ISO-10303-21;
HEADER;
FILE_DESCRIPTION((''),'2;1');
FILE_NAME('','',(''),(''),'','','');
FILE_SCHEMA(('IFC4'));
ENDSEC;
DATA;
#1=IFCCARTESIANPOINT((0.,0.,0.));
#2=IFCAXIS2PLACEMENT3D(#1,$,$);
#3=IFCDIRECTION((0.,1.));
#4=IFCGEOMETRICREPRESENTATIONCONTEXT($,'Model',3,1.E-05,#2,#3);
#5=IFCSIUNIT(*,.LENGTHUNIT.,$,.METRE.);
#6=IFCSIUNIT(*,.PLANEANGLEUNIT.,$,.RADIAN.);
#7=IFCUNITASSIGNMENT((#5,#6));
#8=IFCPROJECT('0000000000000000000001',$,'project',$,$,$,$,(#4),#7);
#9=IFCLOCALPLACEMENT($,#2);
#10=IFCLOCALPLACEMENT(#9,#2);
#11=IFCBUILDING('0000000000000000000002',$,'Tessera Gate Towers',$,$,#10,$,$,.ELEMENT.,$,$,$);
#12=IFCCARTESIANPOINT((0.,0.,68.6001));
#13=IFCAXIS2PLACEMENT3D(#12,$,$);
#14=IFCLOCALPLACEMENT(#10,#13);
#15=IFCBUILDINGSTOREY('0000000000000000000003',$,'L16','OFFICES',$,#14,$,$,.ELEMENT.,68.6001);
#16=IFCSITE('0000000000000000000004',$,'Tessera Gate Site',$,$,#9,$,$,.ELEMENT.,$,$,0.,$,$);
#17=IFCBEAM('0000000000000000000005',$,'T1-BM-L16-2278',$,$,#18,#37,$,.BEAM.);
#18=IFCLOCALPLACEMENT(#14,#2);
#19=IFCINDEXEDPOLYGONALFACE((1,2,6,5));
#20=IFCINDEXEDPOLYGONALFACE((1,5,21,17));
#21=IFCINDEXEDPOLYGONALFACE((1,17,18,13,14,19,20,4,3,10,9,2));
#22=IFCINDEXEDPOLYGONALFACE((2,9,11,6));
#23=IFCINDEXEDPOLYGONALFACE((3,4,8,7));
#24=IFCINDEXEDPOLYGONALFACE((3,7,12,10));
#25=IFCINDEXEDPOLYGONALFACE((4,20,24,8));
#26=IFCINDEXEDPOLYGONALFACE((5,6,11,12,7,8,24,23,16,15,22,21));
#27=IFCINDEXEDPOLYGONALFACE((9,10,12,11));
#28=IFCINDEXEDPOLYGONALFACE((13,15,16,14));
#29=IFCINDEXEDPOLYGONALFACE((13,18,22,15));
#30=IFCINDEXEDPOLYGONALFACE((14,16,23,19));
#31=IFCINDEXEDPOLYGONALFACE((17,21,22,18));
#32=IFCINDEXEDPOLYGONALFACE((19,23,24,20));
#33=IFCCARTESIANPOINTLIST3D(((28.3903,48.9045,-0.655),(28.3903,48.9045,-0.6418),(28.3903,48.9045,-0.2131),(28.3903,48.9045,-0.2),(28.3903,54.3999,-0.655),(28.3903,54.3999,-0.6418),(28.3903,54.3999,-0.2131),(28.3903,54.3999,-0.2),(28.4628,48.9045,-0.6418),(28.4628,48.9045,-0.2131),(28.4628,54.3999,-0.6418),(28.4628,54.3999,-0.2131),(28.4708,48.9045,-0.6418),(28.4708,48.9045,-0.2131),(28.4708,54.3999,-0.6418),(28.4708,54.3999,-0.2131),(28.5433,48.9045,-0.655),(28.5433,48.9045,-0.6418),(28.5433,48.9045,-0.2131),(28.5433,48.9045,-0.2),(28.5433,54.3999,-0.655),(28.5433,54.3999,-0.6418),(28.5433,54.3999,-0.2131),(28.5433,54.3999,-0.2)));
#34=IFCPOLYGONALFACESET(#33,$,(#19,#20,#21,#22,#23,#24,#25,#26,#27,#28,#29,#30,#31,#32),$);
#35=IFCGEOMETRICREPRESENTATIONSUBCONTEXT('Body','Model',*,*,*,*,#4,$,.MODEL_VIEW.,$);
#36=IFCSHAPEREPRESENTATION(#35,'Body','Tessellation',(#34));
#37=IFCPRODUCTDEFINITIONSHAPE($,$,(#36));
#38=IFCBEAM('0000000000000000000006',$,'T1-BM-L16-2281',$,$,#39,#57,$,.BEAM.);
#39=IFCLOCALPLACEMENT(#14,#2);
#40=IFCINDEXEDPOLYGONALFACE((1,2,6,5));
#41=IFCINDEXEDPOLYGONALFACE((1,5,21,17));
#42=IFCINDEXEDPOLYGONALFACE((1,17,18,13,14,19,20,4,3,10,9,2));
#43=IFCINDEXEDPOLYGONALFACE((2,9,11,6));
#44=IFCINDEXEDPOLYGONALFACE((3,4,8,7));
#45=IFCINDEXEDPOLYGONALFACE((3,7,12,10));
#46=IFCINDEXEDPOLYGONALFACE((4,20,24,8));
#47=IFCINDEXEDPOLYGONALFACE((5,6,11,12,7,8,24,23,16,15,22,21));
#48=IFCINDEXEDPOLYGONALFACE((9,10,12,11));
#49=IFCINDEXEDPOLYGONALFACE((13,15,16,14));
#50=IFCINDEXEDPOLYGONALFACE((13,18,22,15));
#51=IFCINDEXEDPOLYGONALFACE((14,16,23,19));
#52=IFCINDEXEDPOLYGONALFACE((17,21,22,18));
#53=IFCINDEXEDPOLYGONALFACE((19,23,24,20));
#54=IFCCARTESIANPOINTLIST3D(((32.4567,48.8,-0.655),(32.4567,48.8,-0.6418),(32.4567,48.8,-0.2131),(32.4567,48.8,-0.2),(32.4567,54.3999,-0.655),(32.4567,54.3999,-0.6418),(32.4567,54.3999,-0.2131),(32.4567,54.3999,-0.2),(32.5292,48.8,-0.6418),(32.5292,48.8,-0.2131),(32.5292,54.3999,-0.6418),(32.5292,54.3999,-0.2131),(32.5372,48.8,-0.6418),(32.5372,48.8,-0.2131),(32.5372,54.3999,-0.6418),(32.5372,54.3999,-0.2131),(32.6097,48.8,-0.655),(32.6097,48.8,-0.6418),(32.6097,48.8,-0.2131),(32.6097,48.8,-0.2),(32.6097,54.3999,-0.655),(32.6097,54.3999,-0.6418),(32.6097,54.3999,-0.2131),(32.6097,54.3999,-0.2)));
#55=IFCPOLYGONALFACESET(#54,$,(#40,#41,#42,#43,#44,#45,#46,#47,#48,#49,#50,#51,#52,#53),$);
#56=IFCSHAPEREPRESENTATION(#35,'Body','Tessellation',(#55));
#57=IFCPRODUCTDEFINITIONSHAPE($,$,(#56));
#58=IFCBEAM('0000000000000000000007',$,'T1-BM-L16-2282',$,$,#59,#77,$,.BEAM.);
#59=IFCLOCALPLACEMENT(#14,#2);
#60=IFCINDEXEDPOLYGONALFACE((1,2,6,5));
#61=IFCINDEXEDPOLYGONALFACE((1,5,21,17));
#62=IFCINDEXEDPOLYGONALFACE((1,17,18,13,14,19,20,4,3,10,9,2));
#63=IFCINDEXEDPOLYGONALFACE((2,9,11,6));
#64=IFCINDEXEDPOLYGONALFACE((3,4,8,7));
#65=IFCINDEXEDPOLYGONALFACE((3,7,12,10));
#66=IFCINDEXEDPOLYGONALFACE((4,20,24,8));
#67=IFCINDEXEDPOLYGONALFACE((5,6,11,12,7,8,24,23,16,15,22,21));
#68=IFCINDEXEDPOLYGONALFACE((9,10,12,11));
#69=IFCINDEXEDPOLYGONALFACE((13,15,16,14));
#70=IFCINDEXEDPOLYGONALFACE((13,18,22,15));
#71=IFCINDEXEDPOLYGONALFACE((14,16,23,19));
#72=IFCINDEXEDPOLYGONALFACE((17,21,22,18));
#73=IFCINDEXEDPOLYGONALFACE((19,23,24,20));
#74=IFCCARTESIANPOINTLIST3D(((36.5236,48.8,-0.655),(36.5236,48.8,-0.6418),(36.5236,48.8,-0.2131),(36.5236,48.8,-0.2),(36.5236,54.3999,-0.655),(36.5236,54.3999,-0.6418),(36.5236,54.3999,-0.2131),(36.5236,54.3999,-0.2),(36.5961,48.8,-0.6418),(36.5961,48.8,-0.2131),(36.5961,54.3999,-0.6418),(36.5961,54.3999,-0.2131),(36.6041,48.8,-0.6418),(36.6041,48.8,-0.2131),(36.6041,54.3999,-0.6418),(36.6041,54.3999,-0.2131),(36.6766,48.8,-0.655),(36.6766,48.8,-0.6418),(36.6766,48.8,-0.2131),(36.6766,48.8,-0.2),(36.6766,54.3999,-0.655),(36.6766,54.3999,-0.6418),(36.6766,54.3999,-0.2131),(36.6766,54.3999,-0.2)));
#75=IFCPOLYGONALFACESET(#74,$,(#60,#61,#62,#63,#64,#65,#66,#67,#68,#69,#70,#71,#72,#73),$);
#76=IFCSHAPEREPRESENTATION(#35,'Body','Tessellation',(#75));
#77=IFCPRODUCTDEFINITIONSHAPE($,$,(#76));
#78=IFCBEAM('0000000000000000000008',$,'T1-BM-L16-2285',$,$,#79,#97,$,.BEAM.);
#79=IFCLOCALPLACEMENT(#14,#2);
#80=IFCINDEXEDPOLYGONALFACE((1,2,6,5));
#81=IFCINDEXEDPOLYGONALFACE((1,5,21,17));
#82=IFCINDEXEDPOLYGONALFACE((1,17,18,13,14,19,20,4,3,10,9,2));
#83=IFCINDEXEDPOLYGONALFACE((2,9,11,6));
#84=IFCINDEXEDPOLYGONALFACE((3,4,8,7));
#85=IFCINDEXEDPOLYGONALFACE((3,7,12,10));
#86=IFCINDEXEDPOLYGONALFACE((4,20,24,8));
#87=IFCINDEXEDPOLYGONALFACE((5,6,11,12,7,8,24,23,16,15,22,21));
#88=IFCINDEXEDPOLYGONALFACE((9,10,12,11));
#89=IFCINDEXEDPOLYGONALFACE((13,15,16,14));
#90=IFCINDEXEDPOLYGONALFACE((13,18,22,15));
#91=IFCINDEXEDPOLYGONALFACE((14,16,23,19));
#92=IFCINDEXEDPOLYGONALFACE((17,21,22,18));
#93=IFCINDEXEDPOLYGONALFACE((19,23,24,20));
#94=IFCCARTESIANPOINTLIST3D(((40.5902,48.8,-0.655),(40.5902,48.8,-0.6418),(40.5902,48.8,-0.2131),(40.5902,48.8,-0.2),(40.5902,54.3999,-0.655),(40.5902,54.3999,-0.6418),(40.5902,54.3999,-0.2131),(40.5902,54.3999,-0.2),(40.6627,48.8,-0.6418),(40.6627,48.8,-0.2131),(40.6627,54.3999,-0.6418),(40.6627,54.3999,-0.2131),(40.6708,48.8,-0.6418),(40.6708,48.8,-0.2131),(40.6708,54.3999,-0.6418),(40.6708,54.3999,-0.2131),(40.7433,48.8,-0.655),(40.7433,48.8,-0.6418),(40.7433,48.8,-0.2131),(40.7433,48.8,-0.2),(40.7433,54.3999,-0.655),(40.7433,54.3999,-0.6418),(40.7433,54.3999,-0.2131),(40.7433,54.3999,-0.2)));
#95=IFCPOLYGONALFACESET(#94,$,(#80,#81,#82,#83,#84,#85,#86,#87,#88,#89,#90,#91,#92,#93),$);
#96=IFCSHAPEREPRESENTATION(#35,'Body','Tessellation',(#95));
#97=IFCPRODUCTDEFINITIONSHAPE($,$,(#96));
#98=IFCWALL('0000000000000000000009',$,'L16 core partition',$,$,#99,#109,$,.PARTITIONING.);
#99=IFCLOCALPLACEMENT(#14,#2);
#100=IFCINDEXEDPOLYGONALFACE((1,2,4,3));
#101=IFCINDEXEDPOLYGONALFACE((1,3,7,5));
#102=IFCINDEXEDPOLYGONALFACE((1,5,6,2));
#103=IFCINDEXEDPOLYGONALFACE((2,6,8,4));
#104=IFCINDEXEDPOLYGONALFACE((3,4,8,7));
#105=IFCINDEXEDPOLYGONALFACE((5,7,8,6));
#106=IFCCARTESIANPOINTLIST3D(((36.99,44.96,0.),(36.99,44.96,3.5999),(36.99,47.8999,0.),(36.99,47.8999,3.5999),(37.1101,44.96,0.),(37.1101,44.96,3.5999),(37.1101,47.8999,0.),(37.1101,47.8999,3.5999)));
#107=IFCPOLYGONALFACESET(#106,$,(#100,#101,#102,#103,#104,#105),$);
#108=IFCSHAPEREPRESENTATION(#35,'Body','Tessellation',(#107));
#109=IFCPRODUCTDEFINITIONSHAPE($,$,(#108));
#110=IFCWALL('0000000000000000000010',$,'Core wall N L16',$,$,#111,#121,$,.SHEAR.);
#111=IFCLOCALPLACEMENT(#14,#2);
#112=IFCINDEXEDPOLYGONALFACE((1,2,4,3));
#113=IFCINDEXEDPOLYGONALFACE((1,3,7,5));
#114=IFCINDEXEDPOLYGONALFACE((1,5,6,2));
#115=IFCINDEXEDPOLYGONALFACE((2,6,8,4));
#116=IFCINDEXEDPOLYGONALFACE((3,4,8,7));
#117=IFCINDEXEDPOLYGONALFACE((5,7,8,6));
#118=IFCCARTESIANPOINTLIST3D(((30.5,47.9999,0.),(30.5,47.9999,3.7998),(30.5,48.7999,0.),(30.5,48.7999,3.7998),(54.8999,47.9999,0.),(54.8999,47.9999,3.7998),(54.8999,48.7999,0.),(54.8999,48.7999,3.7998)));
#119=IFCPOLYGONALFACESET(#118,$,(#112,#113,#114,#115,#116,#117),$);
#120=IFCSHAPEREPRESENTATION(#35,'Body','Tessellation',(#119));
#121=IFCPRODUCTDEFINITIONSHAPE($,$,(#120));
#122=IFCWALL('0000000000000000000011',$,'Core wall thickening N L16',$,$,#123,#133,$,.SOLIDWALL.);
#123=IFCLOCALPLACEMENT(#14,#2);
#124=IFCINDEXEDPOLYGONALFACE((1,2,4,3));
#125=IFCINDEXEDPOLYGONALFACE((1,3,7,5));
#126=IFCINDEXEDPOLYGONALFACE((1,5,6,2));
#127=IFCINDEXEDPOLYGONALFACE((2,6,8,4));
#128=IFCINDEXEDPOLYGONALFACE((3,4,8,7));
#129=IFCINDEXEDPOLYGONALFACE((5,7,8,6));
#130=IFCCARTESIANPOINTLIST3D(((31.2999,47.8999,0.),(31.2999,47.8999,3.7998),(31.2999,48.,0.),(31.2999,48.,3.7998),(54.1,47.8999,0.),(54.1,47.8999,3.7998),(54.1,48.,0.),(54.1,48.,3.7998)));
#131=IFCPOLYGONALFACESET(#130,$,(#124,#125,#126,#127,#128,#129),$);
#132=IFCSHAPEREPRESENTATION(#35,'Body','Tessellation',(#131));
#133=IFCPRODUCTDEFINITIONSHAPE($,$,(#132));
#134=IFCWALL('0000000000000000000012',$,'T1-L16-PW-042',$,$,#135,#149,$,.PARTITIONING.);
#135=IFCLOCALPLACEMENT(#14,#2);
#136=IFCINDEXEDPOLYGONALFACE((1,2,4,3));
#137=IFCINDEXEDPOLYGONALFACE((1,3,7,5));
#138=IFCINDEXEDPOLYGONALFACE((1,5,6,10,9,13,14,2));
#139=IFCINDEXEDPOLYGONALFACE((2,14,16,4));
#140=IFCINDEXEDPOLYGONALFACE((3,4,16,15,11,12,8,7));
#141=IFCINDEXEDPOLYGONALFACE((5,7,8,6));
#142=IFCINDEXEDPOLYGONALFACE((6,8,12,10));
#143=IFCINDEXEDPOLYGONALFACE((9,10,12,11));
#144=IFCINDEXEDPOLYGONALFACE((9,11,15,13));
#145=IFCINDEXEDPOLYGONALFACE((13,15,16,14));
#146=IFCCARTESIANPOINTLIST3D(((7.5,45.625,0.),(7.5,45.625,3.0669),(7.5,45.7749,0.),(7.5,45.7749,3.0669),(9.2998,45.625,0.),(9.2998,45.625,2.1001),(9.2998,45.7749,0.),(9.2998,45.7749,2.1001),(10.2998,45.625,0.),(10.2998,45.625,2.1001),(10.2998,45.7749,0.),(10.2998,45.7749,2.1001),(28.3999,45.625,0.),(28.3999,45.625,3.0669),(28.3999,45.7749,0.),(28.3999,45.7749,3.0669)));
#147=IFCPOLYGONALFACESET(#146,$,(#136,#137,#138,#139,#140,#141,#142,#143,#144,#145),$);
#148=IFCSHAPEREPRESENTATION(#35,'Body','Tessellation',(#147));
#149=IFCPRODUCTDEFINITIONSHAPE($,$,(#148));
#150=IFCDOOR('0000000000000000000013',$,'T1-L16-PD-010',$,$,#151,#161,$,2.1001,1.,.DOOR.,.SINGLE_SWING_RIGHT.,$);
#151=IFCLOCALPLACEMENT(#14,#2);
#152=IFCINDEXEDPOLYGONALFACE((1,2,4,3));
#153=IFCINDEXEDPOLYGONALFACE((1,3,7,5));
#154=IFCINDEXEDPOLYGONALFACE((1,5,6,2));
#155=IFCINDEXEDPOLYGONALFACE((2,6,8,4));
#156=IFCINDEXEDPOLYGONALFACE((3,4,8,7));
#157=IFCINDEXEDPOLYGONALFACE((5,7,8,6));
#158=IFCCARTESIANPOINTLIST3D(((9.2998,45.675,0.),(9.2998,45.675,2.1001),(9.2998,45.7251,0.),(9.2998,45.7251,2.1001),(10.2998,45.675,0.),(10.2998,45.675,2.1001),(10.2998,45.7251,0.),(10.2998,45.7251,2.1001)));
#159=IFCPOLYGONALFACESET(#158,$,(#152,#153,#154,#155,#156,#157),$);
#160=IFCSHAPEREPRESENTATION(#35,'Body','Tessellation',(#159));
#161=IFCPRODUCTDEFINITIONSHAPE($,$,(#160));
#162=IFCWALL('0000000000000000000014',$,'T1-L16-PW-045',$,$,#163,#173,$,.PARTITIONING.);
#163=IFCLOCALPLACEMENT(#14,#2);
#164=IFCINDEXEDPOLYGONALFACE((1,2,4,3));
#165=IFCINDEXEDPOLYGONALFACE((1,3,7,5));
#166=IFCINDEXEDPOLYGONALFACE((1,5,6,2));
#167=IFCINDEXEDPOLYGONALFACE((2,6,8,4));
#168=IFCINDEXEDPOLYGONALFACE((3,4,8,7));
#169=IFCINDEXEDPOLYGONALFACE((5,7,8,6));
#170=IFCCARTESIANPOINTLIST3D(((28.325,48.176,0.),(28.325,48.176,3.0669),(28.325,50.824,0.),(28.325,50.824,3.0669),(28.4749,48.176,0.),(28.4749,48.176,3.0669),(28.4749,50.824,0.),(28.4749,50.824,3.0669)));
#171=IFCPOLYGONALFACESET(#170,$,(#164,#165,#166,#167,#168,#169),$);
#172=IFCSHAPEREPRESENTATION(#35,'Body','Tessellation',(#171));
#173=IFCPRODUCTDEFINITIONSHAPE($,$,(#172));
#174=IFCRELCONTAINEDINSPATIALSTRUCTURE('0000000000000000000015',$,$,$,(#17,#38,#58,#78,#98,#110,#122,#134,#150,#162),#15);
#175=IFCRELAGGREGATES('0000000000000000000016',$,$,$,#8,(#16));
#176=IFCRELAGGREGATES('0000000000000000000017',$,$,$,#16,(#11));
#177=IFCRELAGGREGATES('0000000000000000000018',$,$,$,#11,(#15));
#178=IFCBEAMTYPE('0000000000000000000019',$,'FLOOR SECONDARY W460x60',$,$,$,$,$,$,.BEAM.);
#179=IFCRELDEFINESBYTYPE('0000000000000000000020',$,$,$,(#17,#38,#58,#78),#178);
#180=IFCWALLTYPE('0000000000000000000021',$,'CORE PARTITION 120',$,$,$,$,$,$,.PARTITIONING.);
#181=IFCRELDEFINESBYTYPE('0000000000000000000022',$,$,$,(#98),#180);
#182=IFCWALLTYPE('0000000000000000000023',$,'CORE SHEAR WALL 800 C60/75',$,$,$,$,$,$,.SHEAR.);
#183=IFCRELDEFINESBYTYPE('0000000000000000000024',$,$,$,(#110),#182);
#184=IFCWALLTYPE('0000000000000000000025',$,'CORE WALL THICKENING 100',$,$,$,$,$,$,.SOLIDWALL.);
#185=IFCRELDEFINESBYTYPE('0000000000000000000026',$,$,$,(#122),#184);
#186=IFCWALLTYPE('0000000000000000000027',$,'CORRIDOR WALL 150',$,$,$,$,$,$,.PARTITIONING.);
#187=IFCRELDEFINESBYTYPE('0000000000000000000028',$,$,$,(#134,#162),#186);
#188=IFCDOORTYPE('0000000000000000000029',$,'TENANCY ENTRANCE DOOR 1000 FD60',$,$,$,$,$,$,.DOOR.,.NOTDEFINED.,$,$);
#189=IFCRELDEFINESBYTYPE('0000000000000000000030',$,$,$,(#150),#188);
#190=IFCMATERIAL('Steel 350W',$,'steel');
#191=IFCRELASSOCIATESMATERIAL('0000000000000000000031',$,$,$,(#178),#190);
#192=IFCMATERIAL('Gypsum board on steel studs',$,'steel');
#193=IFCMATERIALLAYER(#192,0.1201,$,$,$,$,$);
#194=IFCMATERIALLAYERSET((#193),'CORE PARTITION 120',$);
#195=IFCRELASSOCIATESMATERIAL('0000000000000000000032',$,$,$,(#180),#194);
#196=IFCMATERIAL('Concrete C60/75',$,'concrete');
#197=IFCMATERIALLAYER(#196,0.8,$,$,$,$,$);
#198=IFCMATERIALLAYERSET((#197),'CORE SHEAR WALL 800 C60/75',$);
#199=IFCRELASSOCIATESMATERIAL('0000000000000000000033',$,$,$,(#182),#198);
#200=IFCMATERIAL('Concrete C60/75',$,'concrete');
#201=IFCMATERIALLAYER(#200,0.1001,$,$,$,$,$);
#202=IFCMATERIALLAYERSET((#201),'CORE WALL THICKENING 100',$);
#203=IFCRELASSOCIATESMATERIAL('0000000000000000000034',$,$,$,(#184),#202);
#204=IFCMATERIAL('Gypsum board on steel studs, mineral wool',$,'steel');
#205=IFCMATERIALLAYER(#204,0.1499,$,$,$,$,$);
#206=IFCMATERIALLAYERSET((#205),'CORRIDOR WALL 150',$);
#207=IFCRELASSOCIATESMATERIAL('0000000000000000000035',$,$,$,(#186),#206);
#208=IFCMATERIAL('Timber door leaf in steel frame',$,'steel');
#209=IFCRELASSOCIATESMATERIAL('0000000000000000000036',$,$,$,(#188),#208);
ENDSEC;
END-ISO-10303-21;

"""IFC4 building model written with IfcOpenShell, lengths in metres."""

from ifc_helpers import new_model, si_unit, direction, frame, frame_2d, origin, origin_2d, place, context, subcontext, project, spatial, rectangle, i_section, extrude, source, transform, mapped, material, layer, layer_set, material_profile, profile_set, type_object, element, fill, save


model = new_model("IFC4")

# Units and contexts
model_context = context("Model", 3, precision=1e-05, world=origin(), true_north=direction((0.0, 1.0)))
body_context = subcontext(model_context, "Body", "Model", "MODEL_VIEW")
ifc_project = project(units=[si_unit("LENGTHUNIT", "METRE"), si_unit("PLANEANGLEUNIT", "RADIAN")], contexts=[model_context])

# Site, building, storey
site_placement = place(None, origin())
site = spatial("IfcSite", under=ifc_project, at=site_placement, Name="Tessera Gate Site", CompositionType="ELEMENT", RefElevation=0.0)
building_placement = place(site_placement, origin())
building = spatial("IfcBuilding", under=site, at=building_placement, Name="Tessera Gate Towers", CompositionType="ELEMENT")
storey_placement = place(building_placement, frame((0.0, 0.0, 68.6001)))
storey = spatial("IfcBuildingStorey", under=building, at=storey_placement, Name="L16", Description="OFFICES", CompositionType="ELEMENT", Elevation=68.6001)

# Beams
ifc_material_1 = material(Name="Steel 350W", Category="steel")
ifc_material_profile = material_profile(ifc_material_1, i_section(OverallWidth=0.1531, OverallDepth=0.4551, WebThickness=0.0081, FlangeThickness=0.0132, at=origin_2d()), Name="W460x60")
ifc_profile_set = profile_set([ifc_material_profile], Name="Steel 350W")
beam_type = type_object("IfcBeamType", Name="FLOOR SECONDARY W460x60", PredefinedType="BEAM", material=ifc_profile_set)
beam_placement = place(storey_placement, frame((28.4668, 48.9045, -0.4275), z_axis=(0.0, 1.0, 0.0), x_axis=(-1.0, 0.0, 0.0)))
element("IfcBeam", 1, at=beam_placement, inside=storey, type_object=beam_type, Name="T1-BM-L16-2278", PredefinedType="BEAM", context=body_context, shape_type="SweptSolid", body=[
    extrude(i_section(OverallWidth=0.1531, OverallDepth=0.4551, WebThickness=0.0081, FlangeThickness=0.0132, at=origin_2d()), origin(), (0.0, 0.0, 1.0), 5.4954),
])
for number, where, z_axis, x_axis, name in (
    (2, (32.5332, 48.8, -0.4275), (0.0, 1.0, 0.0), (-1.0, 0.0, 0.0), "T1-BM-L16-2281"),
    (3, (36.6001, 48.8, -0.4275), (0.0, 1.0, 0.0), (-1.0, 0.0, 0.0), "T1-BM-L16-2282"),
    (4, (40.6667, 48.8, -0.4275), (0.0, 1.0, 0.0), (-1.0, 0.0, 0.0), "T1-BM-L16-2285"),
):
    element("IfcBeam", number, at=place(storey_placement, frame(where, z_axis=z_axis, x_axis=x_axis)), inside=storey, type_object=beam_type, Name=name, PredefinedType="BEAM", context=body_context, shape_type="SweptSolid", body=[
        extrude(i_section(OverallWidth=0.1531, OverallDepth=0.4551, WebThickness=0.0081, FlangeThickness=0.0132, at=origin_2d()), origin(), (0.0, 0.0, 1.0), 5.5999),
    ])

# Walls
ifc_material_2 = material(Name="Gypsum board on steel studs", Category="steel")
ifc_layer_1 = layer(ifc_material_2, 0.1201)
ifc_layer_set_1 = layer_set([ifc_layer_1], Name="CORE PARTITION 120")
wall_type_1 = type_object("IfcWallType", Name="CORE PARTITION 120", PredefinedType="PARTITIONING", material=ifc_layer_set_1)
wall_1_placement = place(storey_placement, frame((37.05, 44.96, 0.0), z_axis=(0.0, 0.0, 1.0), x_axis=(0.0, 1.0, 0.0)))
element("IfcWall", 5, at=wall_1_placement, inside=storey, type_object=wall_type_1, Name="L16 core partition", PredefinedType="PARTITIONING", context=body_context, shape_type="SweptSolid", body=[
    extrude(rectangle(XDim=2.9399, YDim=0.1201, at=frame_2d((1.47, 0.0))), origin(), (0.0, 0.0, 1.0), 3.5999),
])
ifc_material_3 = material(Name="Concrete C60/75", Category="concrete")
ifc_layer_2 = layer(ifc_material_3, 0.8)
ifc_layer_set_2 = layer_set([ifc_layer_2], Name="CORE SHEAR WALL 800 C60/75")
wall_type_2 = type_object("IfcWallType", Name="CORE SHEAR WALL 800 C60/75", PredefinedType="SHEAR", material=ifc_layer_set_2)
wall_2_placement = place(storey_placement, frame((30.5, 48.3999, 0.0), z_axis=(0.0, 0.0, 1.0), x_axis=(1.0, 0.0, 0.0)))
element("IfcWall", 6, at=wall_2_placement, inside=storey, type_object=wall_type_2, Name="Core wall N L16", PredefinedType="SHEAR", context=body_context, shape_type="SweptSolid", body=[
    extrude(rectangle(XDim=24.3999, YDim=0.8, at=frame_2d((12.2, 0.0))), origin(), (0.0, 0.0, 1.0), 3.7998),
])
ifc_material_4 = material(Name="Concrete C60/75", Category="concrete")
ifc_layer_3 = layer(ifc_material_4, 0.1001)
ifc_layer_set_3 = layer_set([ifc_layer_3], Name="CORE WALL THICKENING 100")
wall_type_3 = type_object("IfcWallType", Name="CORE WALL THICKENING 100", PredefinedType="SOLIDWALL", material=ifc_layer_set_3)
wall_3_placement = place(storey_placement, frame((31.3, 47.95, 0.0), z_axis=(0.0, 0.0, 1.0), x_axis=(1.0, 0.0, 0.0)))
element("IfcWall", 7, at=wall_3_placement, inside=storey, type_object=wall_type_3, Name="Core wall thickening N L16", PredefinedType="SOLIDWALL", context=body_context, shape_type="SweptSolid", body=[
    extrude(rectangle(XDim=22.8, YDim=0.1001, at=frame_2d((11.3999, 0.0))), origin(), (0.0, 0.0, 1.0), 3.7998),
])

# Wall, opening, door
ifc_material_5 = material(Name="Gypsum board on steel studs, mineral wool", Category="steel")
ifc_layer_4 = layer(ifc_material_5, 0.1499)
ifc_layer_set_4 = layer_set([ifc_layer_4], Name="CORRIDOR WALL 150")
wall_type_4 = type_object("IfcWallType", Name="CORRIDOR WALL 150", PredefinedType="PARTITIONING", material=ifc_layer_set_4)
wall_4_placement = place(storey_placement, frame((28.3999, 45.7, 0.0), z_axis=(0.0, 0.0, 1.0), x_axis=(-1.0, 0.0, 0.0)))
wall_4 = element("IfcWall", 8, at=wall_4_placement, inside=storey, type_object=wall_type_4, Name="T1-L16-PW-042", PredefinedType="PARTITIONING", context=body_context, shape_type="SweptSolid", body=[
    extrude(rectangle(XDim=20.8999, YDim=0.1499, at=frame_2d((10.45, 0.0))), origin(), (0.0, 0.0, 1.0), 3.0669),
])
shared_shape_1 = source(origin(), body_context, "Body", "SweptSolid", [
    extrude(rectangle(XDim=1.0, YDim=2.1001, at=frame_2d((0.5, 1.05))), frame((0.0, 0.085, 0.0), z_axis=(0.0, -1.0, 0.0), x_axis=(1.0, 0.0, 0.0)), (0.0, 0.0, 1.0), 0.1699),
])
opening_1_placement = place(wall_4_placement, frame((18.1001, 0.0, 0.0)))
opening_1 = element("IfcOpeningElement", 9, at=opening_1_placement, cuts=wall_4, PredefinedType="OPENING", context=body_context, shape_type="MappedRepresentation", body=[
    mapped(shared_shape_1, transform((0.0, 0.0, 0.0), scale=1.0)),
])
ifc_material_6 = material(Name="Timber door leaf in steel frame", Category="steel")
door_type_1 = type_object("IfcDoorType", Name="TENANCY ENTRANCE DOOR 1000 FD60", OperationType="NOTDEFINED", PredefinedType="DOOR", material=ifc_material_6)
shared_shape_2 = source(origin(), body_context, "Body", "SweptSolid", [
    extrude(rectangle(XDim=1.0, YDim=2.1001, at=frame_2d((0.5, 1.05))), frame((0.0, 0.0249, 0.0), z_axis=(0.0, -1.0, 0.0), x_axis=(1.0, 0.0, 0.0)), (0.0, 0.0, 1.0), 0.05),
])
door_1_placement = place(opening_1_placement, origin())
door_1 = element("IfcDoor", 10, at=door_1_placement, inside=storey, type_object=door_type_1, Name="T1-L16-PD-010", OperationType="SINGLE_SWING_RIGHT", OverallHeight=2.1001, OverallWidth=1.0, PredefinedType="DOOR", context=body_context, shape_type="MappedRepresentation", body=[
    mapped(shared_shape_2, transform((0.0, 0.0, 0.0), scale=1.0)),
])
fill(opening_1, door_1)

# Wall
wall_5_placement = place(storey_placement, frame((28.3999, 48.176, 0.0), z_axis=(0.0, 0.0, 1.0), x_axis=(0.0, 1.0, 0.0)))
element("IfcWall", 11, at=wall_5_placement, inside=storey, type_object=wall_type_4, Name="T1-L16-PW-045", PredefinedType="PARTITIONING", context=body_context, shape_type="SweptSolid", body=[
    extrude(rectangle(XDim=2.6479, YDim=0.1499, at=frame_2d((1.324, 0.0))), origin(), (0.0, 0.0, 1.0), 3.0669),
])

save(model, "model.ifc")
